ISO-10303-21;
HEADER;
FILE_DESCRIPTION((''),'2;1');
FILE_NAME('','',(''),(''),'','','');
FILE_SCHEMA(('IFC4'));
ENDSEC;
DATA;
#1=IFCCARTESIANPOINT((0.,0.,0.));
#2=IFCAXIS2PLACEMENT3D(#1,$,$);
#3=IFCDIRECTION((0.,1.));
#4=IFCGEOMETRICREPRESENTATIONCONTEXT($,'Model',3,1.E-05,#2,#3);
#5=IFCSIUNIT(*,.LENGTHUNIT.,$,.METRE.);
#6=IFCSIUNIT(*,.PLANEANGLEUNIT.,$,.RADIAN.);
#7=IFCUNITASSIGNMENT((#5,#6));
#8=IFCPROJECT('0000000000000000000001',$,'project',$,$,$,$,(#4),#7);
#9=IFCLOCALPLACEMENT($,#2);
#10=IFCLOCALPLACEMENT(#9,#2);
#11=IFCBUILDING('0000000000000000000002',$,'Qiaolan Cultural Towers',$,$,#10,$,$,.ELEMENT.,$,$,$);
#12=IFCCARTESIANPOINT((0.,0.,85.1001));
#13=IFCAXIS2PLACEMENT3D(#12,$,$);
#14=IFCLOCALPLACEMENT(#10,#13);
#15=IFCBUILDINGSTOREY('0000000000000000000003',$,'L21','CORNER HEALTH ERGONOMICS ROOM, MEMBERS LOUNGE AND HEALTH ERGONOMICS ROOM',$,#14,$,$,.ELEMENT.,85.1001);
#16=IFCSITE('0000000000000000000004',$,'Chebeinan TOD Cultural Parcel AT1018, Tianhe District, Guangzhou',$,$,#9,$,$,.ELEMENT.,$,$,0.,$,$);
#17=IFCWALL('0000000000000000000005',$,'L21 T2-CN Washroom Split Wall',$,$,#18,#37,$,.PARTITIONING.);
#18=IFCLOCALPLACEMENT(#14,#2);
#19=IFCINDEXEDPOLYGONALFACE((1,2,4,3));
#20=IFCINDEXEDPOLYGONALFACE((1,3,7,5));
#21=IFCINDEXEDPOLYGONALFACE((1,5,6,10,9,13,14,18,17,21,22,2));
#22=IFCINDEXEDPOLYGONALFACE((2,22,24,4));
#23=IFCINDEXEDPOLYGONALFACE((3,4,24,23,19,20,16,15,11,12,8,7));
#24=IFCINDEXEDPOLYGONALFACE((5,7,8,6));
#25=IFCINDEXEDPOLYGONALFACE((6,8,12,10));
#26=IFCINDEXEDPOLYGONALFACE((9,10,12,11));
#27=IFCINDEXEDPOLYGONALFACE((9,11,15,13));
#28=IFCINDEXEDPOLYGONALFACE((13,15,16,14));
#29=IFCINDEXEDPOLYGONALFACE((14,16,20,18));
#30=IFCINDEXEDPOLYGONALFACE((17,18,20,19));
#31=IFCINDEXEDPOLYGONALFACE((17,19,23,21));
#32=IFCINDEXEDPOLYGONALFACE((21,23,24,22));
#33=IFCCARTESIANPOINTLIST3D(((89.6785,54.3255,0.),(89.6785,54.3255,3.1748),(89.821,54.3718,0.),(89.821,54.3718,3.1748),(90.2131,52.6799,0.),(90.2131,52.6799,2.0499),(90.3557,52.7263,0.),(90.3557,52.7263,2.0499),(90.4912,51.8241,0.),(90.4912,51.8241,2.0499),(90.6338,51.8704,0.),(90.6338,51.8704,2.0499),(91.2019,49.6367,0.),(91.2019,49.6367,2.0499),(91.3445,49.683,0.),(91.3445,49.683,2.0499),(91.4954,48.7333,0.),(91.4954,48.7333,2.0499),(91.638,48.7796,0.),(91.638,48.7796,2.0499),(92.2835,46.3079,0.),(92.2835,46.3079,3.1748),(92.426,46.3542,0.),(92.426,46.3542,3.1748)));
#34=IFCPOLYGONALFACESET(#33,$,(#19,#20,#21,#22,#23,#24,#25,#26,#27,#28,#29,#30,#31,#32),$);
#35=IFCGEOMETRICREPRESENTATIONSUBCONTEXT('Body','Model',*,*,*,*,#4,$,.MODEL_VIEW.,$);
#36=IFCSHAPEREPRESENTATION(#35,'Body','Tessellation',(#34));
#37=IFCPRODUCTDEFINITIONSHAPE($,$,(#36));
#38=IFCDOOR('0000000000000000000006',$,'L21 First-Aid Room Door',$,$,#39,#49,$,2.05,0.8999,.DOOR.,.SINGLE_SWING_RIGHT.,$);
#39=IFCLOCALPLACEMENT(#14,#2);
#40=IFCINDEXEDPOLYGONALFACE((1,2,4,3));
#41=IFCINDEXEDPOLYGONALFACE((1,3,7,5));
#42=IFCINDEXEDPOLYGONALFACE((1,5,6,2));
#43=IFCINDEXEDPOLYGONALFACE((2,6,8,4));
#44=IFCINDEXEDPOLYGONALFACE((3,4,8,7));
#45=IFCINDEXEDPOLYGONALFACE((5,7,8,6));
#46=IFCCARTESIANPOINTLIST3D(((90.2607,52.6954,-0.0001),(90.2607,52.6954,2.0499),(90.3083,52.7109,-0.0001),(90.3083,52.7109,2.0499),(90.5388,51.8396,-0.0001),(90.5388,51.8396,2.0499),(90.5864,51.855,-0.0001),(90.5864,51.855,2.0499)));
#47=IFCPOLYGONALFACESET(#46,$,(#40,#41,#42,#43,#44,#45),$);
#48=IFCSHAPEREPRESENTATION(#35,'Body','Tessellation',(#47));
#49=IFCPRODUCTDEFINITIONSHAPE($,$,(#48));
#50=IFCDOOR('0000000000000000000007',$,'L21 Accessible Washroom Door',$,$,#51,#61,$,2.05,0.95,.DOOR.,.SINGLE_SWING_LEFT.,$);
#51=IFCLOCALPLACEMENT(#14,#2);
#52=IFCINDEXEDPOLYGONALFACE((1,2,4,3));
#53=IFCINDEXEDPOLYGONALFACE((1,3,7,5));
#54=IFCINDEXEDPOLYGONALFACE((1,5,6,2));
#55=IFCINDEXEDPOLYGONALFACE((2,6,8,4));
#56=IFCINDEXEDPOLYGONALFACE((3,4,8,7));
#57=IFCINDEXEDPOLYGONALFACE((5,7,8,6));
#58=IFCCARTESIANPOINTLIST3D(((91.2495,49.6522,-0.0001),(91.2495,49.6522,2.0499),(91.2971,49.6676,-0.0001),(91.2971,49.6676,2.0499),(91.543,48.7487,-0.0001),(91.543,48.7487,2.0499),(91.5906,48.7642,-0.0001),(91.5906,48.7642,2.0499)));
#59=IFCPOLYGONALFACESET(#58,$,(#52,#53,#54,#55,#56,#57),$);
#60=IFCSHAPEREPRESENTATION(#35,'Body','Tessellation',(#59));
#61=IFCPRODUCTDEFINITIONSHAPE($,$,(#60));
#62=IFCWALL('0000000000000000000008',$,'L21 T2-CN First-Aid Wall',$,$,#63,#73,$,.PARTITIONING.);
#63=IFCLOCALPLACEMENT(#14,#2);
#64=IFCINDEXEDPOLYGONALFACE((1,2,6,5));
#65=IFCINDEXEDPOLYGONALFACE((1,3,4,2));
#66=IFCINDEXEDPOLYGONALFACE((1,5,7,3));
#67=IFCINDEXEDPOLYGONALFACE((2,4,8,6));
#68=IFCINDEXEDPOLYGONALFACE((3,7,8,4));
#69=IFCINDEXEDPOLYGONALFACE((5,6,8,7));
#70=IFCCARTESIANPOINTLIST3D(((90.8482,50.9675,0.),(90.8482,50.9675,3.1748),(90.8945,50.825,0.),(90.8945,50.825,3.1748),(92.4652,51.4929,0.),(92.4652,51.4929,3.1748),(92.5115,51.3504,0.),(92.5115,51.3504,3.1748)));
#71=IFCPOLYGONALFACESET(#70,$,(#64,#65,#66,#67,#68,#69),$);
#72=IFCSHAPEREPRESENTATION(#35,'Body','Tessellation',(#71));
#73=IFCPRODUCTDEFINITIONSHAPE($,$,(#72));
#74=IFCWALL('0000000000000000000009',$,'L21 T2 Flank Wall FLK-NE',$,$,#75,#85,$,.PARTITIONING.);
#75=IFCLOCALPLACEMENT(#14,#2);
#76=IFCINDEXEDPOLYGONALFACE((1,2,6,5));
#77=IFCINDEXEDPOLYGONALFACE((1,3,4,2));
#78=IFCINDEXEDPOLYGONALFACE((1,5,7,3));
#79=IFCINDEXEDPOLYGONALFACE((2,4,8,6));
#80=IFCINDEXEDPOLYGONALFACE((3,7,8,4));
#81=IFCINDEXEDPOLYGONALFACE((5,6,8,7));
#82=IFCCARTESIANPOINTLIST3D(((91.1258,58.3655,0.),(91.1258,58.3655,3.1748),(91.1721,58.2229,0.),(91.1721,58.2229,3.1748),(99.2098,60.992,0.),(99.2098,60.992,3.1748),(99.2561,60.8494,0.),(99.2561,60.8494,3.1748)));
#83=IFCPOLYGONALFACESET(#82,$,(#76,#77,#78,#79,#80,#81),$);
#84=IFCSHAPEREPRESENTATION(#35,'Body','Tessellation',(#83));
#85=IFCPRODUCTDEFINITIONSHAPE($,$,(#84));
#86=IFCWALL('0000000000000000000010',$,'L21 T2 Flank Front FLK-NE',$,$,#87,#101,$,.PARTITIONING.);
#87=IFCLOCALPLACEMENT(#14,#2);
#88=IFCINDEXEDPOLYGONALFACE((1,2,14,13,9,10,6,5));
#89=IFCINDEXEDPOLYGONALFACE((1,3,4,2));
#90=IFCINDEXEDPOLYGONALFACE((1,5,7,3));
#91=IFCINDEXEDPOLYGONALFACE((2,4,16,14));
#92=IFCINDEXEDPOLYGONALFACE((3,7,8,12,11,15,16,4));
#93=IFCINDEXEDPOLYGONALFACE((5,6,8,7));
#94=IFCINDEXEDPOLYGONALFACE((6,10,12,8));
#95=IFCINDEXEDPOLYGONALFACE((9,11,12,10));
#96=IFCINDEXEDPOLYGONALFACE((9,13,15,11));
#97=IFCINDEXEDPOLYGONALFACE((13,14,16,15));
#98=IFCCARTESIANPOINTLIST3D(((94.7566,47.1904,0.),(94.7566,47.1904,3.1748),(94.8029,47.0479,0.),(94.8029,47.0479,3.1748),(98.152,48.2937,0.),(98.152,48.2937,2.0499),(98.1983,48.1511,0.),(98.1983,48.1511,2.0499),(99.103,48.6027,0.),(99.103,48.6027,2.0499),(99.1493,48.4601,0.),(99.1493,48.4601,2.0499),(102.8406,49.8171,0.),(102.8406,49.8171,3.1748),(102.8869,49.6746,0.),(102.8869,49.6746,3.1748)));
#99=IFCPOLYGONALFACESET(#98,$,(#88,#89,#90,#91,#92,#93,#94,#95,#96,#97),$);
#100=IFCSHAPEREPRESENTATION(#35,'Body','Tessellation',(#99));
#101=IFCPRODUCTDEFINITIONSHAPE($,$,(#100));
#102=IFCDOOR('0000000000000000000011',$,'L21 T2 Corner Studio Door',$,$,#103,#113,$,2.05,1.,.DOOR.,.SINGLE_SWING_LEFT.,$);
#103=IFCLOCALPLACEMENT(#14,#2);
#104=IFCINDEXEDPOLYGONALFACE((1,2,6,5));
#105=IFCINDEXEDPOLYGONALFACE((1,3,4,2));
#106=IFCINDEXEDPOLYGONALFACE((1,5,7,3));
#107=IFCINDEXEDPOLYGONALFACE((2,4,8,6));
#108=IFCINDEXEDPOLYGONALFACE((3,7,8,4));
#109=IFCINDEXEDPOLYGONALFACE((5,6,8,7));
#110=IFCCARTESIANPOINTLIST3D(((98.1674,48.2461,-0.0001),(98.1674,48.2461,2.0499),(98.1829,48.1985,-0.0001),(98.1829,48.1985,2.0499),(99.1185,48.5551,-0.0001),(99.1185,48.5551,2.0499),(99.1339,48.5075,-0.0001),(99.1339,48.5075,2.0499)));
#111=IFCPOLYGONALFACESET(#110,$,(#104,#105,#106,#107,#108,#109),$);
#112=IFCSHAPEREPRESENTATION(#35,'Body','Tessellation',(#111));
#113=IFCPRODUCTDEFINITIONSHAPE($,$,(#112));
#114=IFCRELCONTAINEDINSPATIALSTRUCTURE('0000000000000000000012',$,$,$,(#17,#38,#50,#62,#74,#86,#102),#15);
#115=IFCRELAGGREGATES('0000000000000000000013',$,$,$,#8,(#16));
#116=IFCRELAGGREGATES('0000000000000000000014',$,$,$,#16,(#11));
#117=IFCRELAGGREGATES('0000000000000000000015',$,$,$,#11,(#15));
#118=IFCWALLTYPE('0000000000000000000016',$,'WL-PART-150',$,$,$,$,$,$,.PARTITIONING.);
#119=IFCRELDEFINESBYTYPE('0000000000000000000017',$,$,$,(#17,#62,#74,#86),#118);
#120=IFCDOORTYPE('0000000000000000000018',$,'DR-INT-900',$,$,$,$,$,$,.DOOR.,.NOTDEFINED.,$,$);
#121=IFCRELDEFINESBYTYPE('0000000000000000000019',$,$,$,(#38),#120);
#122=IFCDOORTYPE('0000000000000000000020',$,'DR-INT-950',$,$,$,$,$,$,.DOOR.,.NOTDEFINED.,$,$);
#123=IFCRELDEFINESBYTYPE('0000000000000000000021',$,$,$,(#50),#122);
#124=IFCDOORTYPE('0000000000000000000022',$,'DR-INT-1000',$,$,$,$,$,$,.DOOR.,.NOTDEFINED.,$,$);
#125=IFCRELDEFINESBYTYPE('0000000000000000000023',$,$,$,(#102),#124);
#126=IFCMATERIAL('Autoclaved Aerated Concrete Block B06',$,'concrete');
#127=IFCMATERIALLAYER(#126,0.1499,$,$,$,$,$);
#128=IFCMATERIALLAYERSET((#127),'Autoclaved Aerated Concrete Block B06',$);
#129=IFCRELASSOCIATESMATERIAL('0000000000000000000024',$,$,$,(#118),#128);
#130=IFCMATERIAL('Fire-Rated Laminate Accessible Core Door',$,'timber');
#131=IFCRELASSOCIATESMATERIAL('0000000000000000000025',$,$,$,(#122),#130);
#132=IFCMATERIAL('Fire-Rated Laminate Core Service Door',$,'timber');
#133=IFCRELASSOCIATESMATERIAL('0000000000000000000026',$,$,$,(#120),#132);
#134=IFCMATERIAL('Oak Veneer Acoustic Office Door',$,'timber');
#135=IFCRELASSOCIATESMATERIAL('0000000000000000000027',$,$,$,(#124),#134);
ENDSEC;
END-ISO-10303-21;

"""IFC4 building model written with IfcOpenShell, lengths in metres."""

from ifc_helpers import new_model, si_unit, direction, frame, frame_2d, origin, place, context, subcontext, project, spatial, rectangle, extrude, material, layer, layer_set, type_object, element, fill, save


model = new_model("IFC4")

# Units and contexts
model_context = context("Model", 3, precision=1e-05, world=origin(), true_north=direction((0.0, 1.0)))
body_context = subcontext(model_context, "Body", "Model", "MODEL_VIEW")
ifc_project = project(units=[si_unit("LENGTHUNIT", "METRE"), si_unit("PLANEANGLEUNIT", "RADIAN")], contexts=[model_context])

# Site, building, storey
site_placement = place(None, origin())
site = spatial("IfcSite", under=ifc_project, at=site_placement, Name="Chebeinan TOD Cultural Parcel AT1018, Tianhe District, Guangzhou", CompositionType="ELEMENT", RefElevation=0.0)
building_placement = place(site_placement, origin())
building = spatial("IfcBuilding", under=site, at=building_placement, Name="Qiaolan Cultural Towers", CompositionType="ELEMENT")
storey_placement = place(building_placement, frame((0.0, 0.0, 85.1001)))
storey = spatial("IfcBuildingStorey", under=building, at=storey_placement, Name="L21", Description="CORNER HEALTH ERGONOMICS ROOM, MEMBERS LOUNGE AND HEALTH ERGONOMICS ROOM", CompositionType="ELEMENT", Elevation=85.1001)

# Shared definitions
ifc_material_1 = material(Name="Autoclaved Aerated Concrete Block B06", Category="concrete")
ifc_layer_1 = layer(ifc_material_1, 0.1499)
ifc_layer_set_1 = layer_set([ifc_layer_1], Name="Autoclaved Aerated Concrete Block B06")
wall_type_1 = type_object("IfcWallType", Name="WL-PART-150", PredefinedType="PARTITIONING", material=ifc_layer_set_1)
ifc_material_2 = material(Name="Fire-Rated Laminate Accessible Core Door", Category="timber")
door_type_1 = type_object("IfcDoorType", Name="DR-INT-950", OperationType="NOTDEFINED", PredefinedType="DOOR", material=ifc_material_2)

# Wall, openings, doors
wall_1_placement = place(storey_placement, frame((92.3547, 46.3311, 0.0), z_axis=(0.0, 0.0, 1.0), x_axis=(-0.309007, 0.95106, 0.0)))
wall_1 = element("IfcWall", 1, at=wall_1_placement, inside=storey, type_object=wall_type_1, Name="L21 T2-CN Washroom Split Wall", PredefinedType="PARTITIONING", context=body_context, shape_type="SweptSolid", body=[
    extrude(rectangle(XDim=8.4302, YDim=0.1499, at=frame_2d((4.2151, 0.0))), origin(), (0.0, 0.0, 1.0), 3.1748),
])
opening_1_placement = place(wall_1_placement, frame((2.55, 0.0, 0.0)))
opening_1 = element("IfcOpeningElement", 2, at=opening_1_placement, cuts=wall_1, PredefinedType="OPENING", context=body_context, shape_type="SweptSolid", body=[
    extrude(rectangle(XDim=0.95, YDim=2.05, at=frame_2d((0.4751, 1.0249))), frame((0.0, 0.085, 0.0), z_axis=(0.0, -1.0, 0.0), x_axis=(1.0, 0.0, 0.0)), (0.0, 0.0, 1.0), 0.1699),
])
opening_2_placement = place(wall_1_placement, frame((5.8, 0.0, 0.0)))
opening_2 = element("IfcOpeningElement", 3, at=opening_2_placement, cuts=wall_1, PredefinedType="OPENING", context=body_context, shape_type="SweptSolid", body=[
    extrude(rectangle(XDim=0.8999, YDim=2.05, at=frame_2d((0.45, 1.0249))), frame((0.0, 0.085, 0.0), z_axis=(0.0, -1.0, 0.0), x_axis=(1.0, 0.0, 0.0)), (0.0, 0.0, 1.0), 0.1699),
])
ifc_material_3 = material(Name="Fire-Rated Laminate Core Service Door", Category="timber")
door_type_2 = type_object("IfcDoorType", Name="DR-INT-900", OperationType="NOTDEFINED", PredefinedType="DOOR", material=ifc_material_3)
door_1_placement = place(opening_2_placement, origin())
door_1 = element("IfcDoor", 4, at=door_1_placement, inside=storey, type_object=door_type_2, Name="L21 First-Aid Room Door", OperationType="SINGLE_SWING_RIGHT", OverallHeight=2.05, OverallWidth=0.8999, PredefinedType="DOOR", context=body_context, shape_type="SweptSolid", body=[
    extrude(rectangle(XDim=0.8999, YDim=2.05, at=frame_2d((0.45, 1.0249))), frame((0.0, 0.0249, 0.0), z_axis=(0.0, -1.0, 0.0), x_axis=(1.0, 0.0, 0.0)), (0.0, 0.0, 1.0), 0.05),
])
fill(opening_2, door_1)
door_2_placement = place(opening_1_placement, origin())
door_2 = element("IfcDoor", 5, at=door_2_placement, inside=storey, type_object=door_type_1, Name="L21 Accessible Washroom Door", OperationType="SINGLE_SWING_LEFT", OverallHeight=2.05, OverallWidth=0.95, PredefinedType="DOOR", context=body_context, shape_type="SweptSolid", body=[
    extrude(rectangle(XDim=0.95, YDim=2.05, at=frame_2d((0.4751, 1.0249))), frame((0.0, 0.0249, 0.0), z_axis=(0.0, -1.0, 0.0), x_axis=(1.0, 0.0, 0.0)), (0.0, 0.0, 1.0), 0.05),
])
fill(opening_1, door_2)

# Walls
wall_2_placement = place(storey_placement, frame((90.8713, 50.8962, 0.0), z_axis=(0.0, 0.0, 1.0), x_axis=(0.951054, 0.309024, 0.0)))
element("IfcWall", 6, at=wall_2_placement, inside=storey, type_object=wall_type_1, Name="L21 T2-CN First-Aid Wall", PredefinedType="PARTITIONING", context=body_context, shape_type="SweptSolid", body=[
    extrude(rectangle(XDim=1.7002, YDim=0.1499, at=frame_2d((0.8501, 0.0))), origin(), (0.0, 0.0, 1.0), 3.1748),
])
wall_3_placement = place(storey_placement, frame((91.1489, 58.2942, 0.0), z_axis=(0.0, 0.0, 1.0), x_axis=(0.951063, 0.308998, 0.0)))
element("IfcWall", 7, at=wall_3_placement, inside=storey, type_object=wall_type_1, Name="L21 T2 Flank Wall FLK-NE", PredefinedType="PARTITIONING", context=body_context, shape_type="SweptSolid", body=[
    extrude(rectangle(XDim=8.5, YDim=0.1499, at=frame_2d((4.25, 0.0))), origin(), (0.0, 0.0, 1.0), 3.1748),
])

# Wall, opening, door
wall_4_placement = place(storey_placement, frame((94.7798, 47.1191, 0.0), z_axis=(0.0, 0.0, 1.0), x_axis=(0.951054, 0.309024, 0.0)))
wall_4 = element("IfcWall", 8, at=wall_4_placement, inside=storey, type_object=wall_type_1, Name="L21 T2 Flank Front FLK-NE", PredefinedType="PARTITIONING", context=body_context, shape_type="SweptSolid", body=[
    extrude(rectangle(XDim=8.5, YDim=0.1499, at=frame_2d((4.25, 0.0))), origin(), (0.0, 0.0, 1.0), 3.1748),
])
opening_3_placement = place(wall_4_placement, frame((3.5701, 0.0, 0.0)))
opening_3 = element("IfcOpeningElement", 9, at=opening_3_placement, cuts=wall_4, PredefinedType="OPENING", context=body_context, shape_type="SweptSolid", body=[
    extrude(rectangle(XDim=1.0, YDim=2.05, at=frame_2d((0.5, 1.0249))), frame((0.0, 0.085, 0.0), z_axis=(0.0, -1.0, 0.0), x_axis=(1.0, 0.0, 0.0)), (0.0, 0.0, 1.0), 0.1699),
])
ifc_material_4 = material(Name="Oak Veneer Acoustic Office Door", Category="timber")
door_type_3 = type_object("IfcDoorType", Name="DR-INT-1000", OperationType="NOTDEFINED", PredefinedType="DOOR", material=ifc_material_4)
door_3_placement = place(opening_3_placement, origin())
door_3 = element("IfcDoor", 10, at=door_3_placement, inside=storey, type_object=door_type_3, Name="L21 T2 Corner Studio Door", OperationType="SINGLE_SWING_LEFT", OverallHeight=2.05, OverallWidth=1.0, PredefinedType="DOOR", context=body_context, shape_type="SweptSolid", body=[
    extrude(rectangle(XDim=1.0, YDim=2.05, at=frame_2d((0.5, 1.0249))), frame((0.0, 0.0249, 0.0), z_axis=(0.0, -1.0, 0.0), x_axis=(1.0, 0.0, 0.0)), (0.0, 0.0, 1.0), 0.05),
])
fill(opening_3, door_3)

save(model, "model.ifc")
